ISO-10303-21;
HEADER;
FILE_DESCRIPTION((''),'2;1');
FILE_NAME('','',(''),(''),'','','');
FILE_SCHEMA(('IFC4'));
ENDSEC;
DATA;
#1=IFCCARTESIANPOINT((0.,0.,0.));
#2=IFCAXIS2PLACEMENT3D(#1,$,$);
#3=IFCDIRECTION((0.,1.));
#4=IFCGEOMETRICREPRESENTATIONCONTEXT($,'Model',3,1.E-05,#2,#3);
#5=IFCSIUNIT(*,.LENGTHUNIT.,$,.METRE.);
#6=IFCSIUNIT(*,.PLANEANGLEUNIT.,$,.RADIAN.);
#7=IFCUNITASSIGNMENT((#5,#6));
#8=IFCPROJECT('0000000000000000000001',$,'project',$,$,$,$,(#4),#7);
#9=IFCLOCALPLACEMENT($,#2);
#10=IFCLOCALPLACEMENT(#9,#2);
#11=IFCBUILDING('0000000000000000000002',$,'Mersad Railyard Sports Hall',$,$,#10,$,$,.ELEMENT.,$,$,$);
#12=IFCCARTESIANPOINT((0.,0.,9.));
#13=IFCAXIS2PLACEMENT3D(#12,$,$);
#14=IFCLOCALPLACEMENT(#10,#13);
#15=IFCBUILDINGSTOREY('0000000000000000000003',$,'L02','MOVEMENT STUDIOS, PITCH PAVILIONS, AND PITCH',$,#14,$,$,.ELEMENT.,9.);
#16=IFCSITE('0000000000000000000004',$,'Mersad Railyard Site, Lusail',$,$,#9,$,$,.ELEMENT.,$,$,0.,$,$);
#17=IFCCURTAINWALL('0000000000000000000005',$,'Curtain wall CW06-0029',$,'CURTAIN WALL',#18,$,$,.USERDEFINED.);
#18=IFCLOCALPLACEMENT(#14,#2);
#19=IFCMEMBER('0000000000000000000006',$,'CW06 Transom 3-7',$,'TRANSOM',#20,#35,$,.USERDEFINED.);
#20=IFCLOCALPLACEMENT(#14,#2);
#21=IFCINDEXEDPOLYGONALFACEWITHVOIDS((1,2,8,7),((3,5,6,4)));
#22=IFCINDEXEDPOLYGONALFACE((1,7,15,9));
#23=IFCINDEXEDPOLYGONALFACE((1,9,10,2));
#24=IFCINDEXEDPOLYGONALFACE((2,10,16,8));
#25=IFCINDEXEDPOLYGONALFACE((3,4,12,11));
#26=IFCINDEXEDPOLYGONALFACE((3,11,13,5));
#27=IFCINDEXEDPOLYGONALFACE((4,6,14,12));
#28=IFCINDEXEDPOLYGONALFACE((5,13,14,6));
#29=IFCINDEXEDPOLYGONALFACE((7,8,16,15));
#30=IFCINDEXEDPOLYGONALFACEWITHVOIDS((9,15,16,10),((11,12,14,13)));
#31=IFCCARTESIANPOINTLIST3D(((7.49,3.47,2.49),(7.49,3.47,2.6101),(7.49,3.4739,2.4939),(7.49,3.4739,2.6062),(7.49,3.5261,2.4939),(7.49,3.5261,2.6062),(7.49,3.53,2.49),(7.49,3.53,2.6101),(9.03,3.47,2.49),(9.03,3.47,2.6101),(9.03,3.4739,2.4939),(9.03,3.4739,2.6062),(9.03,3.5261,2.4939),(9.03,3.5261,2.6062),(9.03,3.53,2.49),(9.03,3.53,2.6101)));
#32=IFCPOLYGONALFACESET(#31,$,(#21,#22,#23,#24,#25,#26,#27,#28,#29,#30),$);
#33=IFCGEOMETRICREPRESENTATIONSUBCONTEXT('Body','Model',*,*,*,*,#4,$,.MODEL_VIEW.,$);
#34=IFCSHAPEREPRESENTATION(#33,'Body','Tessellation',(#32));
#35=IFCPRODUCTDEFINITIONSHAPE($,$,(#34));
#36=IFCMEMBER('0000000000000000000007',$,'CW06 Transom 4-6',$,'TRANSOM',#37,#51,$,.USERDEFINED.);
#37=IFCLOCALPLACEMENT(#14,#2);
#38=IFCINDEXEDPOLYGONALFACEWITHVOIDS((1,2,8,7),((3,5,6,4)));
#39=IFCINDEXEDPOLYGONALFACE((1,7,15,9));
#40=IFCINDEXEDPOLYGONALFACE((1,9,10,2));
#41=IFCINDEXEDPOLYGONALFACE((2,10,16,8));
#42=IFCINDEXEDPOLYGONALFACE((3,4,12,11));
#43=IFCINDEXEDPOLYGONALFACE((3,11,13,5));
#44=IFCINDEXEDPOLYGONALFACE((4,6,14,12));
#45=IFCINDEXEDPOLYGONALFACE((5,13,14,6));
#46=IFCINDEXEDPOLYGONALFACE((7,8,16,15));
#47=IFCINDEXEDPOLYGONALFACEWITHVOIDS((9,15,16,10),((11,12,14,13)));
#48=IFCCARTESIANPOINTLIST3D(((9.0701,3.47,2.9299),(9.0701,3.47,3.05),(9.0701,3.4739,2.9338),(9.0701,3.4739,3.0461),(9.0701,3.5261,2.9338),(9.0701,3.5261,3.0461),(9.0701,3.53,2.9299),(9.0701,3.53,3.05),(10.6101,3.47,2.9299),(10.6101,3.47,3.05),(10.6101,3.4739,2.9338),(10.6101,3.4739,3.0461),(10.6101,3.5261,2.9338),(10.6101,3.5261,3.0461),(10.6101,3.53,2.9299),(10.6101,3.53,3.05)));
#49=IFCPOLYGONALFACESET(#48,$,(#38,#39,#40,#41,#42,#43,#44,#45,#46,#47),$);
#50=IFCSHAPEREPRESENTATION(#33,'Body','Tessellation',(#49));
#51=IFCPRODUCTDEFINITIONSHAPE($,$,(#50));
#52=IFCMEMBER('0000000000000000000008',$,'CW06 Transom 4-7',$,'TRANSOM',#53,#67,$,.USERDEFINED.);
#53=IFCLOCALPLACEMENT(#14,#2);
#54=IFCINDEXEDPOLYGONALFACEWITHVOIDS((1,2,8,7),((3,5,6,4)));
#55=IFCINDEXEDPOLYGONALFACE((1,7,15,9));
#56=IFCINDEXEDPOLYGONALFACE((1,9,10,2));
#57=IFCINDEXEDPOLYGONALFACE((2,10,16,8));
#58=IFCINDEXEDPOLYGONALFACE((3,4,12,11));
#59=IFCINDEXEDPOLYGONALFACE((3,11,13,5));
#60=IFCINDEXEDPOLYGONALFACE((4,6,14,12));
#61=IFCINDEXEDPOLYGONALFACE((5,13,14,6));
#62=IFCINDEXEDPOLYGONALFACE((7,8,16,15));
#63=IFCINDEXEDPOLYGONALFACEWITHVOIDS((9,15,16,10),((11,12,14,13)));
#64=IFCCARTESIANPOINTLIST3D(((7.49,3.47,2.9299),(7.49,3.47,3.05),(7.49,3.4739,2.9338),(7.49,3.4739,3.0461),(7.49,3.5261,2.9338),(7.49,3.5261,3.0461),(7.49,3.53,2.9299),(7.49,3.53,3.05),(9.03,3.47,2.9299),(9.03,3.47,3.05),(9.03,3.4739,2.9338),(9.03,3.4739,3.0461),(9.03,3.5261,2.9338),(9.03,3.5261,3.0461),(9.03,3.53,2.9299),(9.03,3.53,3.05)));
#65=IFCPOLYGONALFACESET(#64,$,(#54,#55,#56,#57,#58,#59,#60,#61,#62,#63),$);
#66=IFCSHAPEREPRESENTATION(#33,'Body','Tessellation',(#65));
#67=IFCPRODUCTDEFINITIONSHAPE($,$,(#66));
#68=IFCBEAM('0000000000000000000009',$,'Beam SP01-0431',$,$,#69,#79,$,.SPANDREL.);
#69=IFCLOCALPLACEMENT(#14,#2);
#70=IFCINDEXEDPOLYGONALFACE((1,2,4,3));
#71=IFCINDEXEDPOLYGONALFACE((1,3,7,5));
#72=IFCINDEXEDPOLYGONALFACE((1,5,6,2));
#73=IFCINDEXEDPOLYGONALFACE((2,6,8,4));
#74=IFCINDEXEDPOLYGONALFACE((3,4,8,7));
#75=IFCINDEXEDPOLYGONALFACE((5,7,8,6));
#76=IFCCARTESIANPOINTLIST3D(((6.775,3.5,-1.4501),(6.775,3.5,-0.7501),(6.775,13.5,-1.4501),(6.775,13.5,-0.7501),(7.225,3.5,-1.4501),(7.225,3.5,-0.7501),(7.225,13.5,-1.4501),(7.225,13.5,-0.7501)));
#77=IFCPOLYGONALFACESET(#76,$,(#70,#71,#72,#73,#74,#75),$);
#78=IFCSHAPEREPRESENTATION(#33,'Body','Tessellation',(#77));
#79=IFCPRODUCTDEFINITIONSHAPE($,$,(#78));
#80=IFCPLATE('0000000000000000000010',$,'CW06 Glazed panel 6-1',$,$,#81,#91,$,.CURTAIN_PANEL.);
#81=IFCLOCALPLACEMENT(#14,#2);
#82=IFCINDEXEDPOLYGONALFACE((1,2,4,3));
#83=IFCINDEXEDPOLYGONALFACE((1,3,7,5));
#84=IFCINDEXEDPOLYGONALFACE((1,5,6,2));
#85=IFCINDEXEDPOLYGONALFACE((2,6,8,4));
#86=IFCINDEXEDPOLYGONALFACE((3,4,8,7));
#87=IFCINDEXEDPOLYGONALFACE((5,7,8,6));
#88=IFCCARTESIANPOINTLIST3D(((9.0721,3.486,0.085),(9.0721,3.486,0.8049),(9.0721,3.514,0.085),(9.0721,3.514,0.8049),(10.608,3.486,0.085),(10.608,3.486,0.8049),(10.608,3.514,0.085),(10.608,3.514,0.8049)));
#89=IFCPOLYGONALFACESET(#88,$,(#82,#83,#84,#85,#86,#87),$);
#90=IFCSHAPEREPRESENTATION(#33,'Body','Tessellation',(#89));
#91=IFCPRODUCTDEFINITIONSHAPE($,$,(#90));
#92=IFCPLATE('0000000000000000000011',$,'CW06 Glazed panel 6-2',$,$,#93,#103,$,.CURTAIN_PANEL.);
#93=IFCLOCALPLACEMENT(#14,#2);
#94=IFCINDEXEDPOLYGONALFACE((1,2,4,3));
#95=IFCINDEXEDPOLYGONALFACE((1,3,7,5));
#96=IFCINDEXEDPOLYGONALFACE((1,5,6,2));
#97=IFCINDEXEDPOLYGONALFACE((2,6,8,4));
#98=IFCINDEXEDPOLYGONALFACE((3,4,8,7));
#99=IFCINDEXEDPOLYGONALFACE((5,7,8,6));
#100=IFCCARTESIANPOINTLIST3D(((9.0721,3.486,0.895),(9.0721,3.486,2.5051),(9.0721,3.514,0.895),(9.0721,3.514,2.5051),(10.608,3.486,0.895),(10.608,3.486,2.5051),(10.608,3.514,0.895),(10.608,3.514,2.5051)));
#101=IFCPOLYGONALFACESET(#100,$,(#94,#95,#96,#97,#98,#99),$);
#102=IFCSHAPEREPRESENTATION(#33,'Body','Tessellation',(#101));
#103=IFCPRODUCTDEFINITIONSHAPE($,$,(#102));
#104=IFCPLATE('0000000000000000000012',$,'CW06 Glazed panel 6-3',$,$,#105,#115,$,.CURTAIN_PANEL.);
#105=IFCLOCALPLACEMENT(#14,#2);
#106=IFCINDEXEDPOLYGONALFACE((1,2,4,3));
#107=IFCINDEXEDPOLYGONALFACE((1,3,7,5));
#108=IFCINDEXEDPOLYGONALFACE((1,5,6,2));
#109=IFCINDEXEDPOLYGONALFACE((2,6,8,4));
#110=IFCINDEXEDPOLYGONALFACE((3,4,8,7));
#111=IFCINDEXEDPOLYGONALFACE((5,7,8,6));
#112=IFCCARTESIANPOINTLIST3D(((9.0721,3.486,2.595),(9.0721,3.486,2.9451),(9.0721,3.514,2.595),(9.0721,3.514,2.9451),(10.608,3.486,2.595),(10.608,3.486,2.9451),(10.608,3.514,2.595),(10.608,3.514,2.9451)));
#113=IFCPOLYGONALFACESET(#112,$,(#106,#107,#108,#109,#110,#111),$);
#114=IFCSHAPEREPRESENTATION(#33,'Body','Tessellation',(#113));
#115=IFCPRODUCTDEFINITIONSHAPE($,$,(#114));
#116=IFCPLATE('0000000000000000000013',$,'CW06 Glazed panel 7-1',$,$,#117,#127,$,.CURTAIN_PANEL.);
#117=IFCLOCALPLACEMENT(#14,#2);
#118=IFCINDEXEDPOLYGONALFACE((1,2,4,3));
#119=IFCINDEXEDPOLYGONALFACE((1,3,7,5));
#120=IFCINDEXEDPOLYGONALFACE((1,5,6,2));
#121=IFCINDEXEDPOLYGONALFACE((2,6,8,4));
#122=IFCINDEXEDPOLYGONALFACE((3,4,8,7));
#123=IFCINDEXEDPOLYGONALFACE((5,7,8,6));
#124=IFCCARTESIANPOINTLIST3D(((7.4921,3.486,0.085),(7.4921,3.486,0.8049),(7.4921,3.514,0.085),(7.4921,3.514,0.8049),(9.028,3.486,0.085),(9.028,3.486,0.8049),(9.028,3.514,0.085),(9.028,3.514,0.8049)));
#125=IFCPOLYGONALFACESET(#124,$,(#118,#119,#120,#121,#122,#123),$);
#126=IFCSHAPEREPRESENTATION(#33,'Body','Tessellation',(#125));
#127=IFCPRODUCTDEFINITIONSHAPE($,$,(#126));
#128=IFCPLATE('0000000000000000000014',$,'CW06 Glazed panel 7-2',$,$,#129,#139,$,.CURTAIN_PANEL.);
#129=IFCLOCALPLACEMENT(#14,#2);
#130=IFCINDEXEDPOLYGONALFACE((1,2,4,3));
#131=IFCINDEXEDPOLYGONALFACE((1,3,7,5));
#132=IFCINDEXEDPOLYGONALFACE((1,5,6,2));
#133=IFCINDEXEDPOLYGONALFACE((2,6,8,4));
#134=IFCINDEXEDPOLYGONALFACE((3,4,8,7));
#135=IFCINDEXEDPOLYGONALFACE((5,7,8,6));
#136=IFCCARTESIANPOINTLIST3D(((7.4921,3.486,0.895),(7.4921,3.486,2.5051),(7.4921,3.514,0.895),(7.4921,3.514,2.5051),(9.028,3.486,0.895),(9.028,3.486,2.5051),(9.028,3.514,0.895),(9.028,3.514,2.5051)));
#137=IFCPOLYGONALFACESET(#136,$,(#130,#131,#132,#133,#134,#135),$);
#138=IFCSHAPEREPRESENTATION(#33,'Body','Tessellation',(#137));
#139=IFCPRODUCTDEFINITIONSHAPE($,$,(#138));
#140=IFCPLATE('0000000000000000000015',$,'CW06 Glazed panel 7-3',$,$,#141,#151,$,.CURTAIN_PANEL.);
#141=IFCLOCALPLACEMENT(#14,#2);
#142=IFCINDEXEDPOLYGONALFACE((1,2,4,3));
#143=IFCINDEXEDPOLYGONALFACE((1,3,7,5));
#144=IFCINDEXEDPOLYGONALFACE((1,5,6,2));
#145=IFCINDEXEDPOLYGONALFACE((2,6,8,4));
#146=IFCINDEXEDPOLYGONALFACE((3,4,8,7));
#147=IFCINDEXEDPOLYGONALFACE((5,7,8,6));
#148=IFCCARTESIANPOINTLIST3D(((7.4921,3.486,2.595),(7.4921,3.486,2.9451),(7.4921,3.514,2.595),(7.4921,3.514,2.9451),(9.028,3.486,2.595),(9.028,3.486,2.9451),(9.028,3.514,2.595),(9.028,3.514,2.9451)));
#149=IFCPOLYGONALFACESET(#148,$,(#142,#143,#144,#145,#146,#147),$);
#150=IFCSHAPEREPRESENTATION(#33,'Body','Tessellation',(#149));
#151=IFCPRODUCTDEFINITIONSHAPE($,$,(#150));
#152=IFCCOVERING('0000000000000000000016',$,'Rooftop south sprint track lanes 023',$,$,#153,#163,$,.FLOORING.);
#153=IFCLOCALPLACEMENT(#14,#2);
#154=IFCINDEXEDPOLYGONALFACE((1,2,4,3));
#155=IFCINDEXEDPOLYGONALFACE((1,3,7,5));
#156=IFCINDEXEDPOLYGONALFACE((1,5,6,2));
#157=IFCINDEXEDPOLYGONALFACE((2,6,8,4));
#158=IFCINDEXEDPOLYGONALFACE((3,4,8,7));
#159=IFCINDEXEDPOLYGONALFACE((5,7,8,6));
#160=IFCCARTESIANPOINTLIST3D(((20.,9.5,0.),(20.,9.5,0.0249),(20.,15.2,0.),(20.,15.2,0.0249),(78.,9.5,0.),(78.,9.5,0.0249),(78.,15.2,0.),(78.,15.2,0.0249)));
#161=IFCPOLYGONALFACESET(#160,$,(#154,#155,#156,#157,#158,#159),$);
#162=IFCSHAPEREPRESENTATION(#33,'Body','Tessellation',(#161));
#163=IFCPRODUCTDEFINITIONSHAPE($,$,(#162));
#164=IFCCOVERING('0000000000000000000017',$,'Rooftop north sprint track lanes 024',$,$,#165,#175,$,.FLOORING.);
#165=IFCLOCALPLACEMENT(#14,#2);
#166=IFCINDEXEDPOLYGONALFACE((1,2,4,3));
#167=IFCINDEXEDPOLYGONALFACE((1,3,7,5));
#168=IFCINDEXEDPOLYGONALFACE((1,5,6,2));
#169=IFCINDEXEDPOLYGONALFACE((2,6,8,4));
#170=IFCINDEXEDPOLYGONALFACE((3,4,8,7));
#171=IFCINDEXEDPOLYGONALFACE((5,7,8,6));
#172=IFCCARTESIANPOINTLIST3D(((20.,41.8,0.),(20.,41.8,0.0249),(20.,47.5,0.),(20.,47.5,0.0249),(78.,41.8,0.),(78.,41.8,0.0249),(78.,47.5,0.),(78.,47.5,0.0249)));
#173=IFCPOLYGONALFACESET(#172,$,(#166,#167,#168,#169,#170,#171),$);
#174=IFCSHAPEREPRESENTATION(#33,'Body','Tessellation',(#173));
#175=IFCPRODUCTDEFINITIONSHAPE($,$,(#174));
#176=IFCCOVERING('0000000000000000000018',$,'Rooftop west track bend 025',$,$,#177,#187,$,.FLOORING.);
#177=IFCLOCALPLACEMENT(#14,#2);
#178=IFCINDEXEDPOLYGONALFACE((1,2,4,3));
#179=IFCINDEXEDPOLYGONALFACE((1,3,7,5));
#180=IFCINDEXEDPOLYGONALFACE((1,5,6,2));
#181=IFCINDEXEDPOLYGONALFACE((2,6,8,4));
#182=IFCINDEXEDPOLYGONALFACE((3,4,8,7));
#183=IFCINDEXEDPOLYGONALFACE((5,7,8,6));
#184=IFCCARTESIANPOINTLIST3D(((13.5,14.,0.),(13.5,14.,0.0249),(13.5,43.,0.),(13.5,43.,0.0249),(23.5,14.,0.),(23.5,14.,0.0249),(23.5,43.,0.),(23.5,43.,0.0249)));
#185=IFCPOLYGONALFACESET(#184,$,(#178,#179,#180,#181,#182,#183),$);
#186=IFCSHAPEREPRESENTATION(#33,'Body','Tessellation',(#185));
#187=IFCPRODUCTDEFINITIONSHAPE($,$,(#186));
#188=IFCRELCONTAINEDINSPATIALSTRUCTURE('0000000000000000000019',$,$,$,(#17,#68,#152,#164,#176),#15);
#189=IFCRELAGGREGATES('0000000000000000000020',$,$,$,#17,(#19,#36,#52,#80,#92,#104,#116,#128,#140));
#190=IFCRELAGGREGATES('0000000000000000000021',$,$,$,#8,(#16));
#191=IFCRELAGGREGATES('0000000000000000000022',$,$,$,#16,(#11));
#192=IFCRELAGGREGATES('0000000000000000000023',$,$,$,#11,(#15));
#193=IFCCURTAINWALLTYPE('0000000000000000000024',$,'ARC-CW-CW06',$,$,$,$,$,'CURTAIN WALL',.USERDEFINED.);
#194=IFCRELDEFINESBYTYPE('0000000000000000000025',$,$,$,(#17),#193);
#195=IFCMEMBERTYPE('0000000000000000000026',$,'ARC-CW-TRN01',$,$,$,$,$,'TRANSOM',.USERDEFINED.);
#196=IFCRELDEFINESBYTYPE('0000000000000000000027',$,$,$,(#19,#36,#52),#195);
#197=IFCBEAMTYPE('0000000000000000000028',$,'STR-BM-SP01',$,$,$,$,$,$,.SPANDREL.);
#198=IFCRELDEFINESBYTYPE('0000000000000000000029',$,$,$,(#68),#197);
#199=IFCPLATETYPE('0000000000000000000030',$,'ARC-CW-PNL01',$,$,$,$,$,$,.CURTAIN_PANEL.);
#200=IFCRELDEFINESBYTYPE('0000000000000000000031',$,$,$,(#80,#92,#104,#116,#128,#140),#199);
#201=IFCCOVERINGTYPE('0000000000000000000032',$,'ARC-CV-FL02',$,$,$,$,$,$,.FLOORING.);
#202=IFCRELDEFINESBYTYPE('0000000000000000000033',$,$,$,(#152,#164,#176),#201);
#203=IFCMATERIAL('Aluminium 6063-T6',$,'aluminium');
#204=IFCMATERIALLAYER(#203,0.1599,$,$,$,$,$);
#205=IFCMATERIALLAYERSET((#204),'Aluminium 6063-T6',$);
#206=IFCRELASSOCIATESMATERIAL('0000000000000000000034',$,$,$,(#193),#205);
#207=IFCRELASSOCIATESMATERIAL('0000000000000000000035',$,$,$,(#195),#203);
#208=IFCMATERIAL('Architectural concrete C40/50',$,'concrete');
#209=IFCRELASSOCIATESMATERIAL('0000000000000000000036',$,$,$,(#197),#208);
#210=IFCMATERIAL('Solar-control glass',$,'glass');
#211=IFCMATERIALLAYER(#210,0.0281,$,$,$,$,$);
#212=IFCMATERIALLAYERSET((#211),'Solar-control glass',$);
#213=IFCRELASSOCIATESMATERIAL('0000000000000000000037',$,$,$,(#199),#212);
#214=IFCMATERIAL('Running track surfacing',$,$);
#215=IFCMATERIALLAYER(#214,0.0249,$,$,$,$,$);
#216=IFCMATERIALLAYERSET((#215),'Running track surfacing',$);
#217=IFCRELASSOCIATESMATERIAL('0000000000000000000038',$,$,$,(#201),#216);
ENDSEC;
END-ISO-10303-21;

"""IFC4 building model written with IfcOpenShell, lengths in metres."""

from ifc_helpers import new_model, si_unit, direction, frame, origin, origin_2d, place, context, subcontext, project, spatial, polyline, rectangle, hollow_rectangle, outline, extrude, material, layer, layer_set, material_profile, profile_set, type_object, element, aggregate, save


model = new_model("IFC4")

# Units and contexts
model_context = context("Model", 3, precision=1e-05, world=origin(), true_north=direction((0.0, 1.0)))
body_context = subcontext(model_context, "Body", "Model", "MODEL_VIEW")
ifc_project = project(units=[si_unit("LENGTHUNIT", "METRE"), si_unit("PLANEANGLEUNIT", "RADIAN")], contexts=[model_context])

# Site, building, storey
site_placement = place(None, origin())
site = spatial("IfcSite", under=ifc_project, at=site_placement, Name="Mersad Railyard Site, Lusail", CompositionType="ELEMENT", RefElevation=0.0)
building_placement = place(site_placement, origin())
building = spatial("IfcBuilding", under=site, at=building_placement, Name="Mersad Railyard Sports Hall", CompositionType="ELEMENT")
storey_placement = place(building_placement, frame((0.0, 0.0, 9.0)))
storey = spatial("IfcBuildingStorey", under=building, at=storey_placement, Name="L02", Description="MOVEMENT STUDIOS, PITCH PAVILIONS, AND PITCH", CompositionType="ELEMENT", Elevation=9.0)

# Curtain wall, members
ifc_material_1 = material(Name="Aluminium 6063-T6", Category="aluminium")
ifc_layer_1 = layer(ifc_material_1, 0.1599)
ifc_layer_set_1 = layer_set([ifc_layer_1], Name="Aluminium 6063-T6")
curtain_wall_type = type_object("IfcCurtainWallType", Name="ARC-CW-CW06", ElementType="CURTAIN WALL", PredefinedType="USERDEFINED", material=ifc_layer_set_1)
curtain_wall_placement = place(storey_placement, origin())
curtain_wall = element("IfcCurtainWall", 1, at=curtain_wall_placement, inside=storey, type_object=curtain_wall_type, Name="Curtain wall CW06-0029", ObjectType="CURTAIN WALL", PredefinedType="USERDEFINED")
ifc_material_profile_1 = material_profile(ifc_material_1, hollow_rectangle(XDim=0.0601, YDim=0.1201, WallThickness=0.0039, at=origin_2d()), Name="AL TRANSOM 60x120x4")
ifc_profile_set_1 = profile_set([ifc_material_profile_1], Name="Aluminium 6063-T6")
member_type_1 = type_object("IfcMemberType", Name="ARC-CW-TRN01", ElementType="TRANSOM", PredefinedType="USERDEFINED", material=ifc_profile_set_1)
member_1_placement = place(storey_placement, frame((9.03, 3.5, 2.55), z_axis=(-1.0, 0.0, 0.0), x_axis=(0.0, -1.0, 0.0)))
member_1 = element("IfcMember", 2, at=member_1_placement, type_object=member_type_1, Name="CW06 Transom 3-7", ObjectType="TRANSOM", PredefinedType="USERDEFINED", context=body_context, shape_type="SweptSolid", body=[
    extrude(hollow_rectangle(XDim=0.0601, YDim=0.1201, WallThickness=0.0039, at=origin_2d()), origin(), (0.0, 0.0, 1.0), 1.54),
])
member_2_placement = place(storey_placement, frame((10.6101, 3.5, 2.99), z_axis=(-1.0, 0.0, 0.0), x_axis=(0.0, -1.0, 0.0)))
member_2 = element("IfcMember", 3, at=member_2_placement, type_object=member_type_1, Name="CW06 Transom 4-6", ObjectType="TRANSOM", PredefinedType="USERDEFINED", context=body_context, shape_type="SweptSolid", body=[
    extrude(hollow_rectangle(XDim=0.0601, YDim=0.1201, WallThickness=0.0039, at=origin_2d()), origin(), (0.0, 0.0, 1.0), 1.54),
])
member_3_placement = place(storey_placement, frame((9.03, 3.5, 2.99), z_axis=(-1.0, 0.0, 0.0), x_axis=(0.0, -1.0, 0.0)))
member_3 = element("IfcMember", 4, at=member_3_placement, type_object=member_type_1, Name="CW06 Transom 4-7", ObjectType="TRANSOM", PredefinedType="USERDEFINED", context=body_context, shape_type="SweptSolid", body=[
    extrude(hollow_rectangle(XDim=0.0601, YDim=0.1201, WallThickness=0.0039, at=origin_2d()), origin(), (0.0, 0.0, 1.0), 1.54),
])

# Beam
ifc_material_2 = material(Name="Architectural concrete C40/50", Category="concrete")
ifc_material_profile_2 = material_profile(ifc_material_2, rectangle(XDim=0.45, YDim=0.7, at=origin_2d()), Name="RC 450x700")
ifc_profile_set_2 = profile_set([ifc_material_profile_2], Name="Architectural concrete C40/50")
beam_type = type_object("IfcBeamType", Name="STR-BM-SP01", PredefinedType="SPANDREL", material=ifc_profile_set_2)
beam_placement = place(storey_placement, frame((7.0, 3.5, -1.1001), z_axis=(0.0, 1.0, 0.0), x_axis=(-1.0, 0.0, 0.0)))
element("IfcBeam", 5, at=beam_placement, inside=storey, type_object=beam_type, Name="Beam SP01-0431", PredefinedType="SPANDREL", context=body_context, shape_type="SweptSolid", body=[
    extrude(rectangle(XDim=0.45, YDim=0.7, at=origin_2d()), origin(), (0.0, 0.0, 1.0), 10.0),
])

# Plates
ifc_material_3 = material(Name="Solar-control glass", Category="glass")
ifc_layer_2 = layer(ifc_material_3, 0.0281)
ifc_layer_set_2 = layer_set([ifc_layer_2], Name="Solar-control glass")
plate_type = type_object("IfcPlateType", Name="ARC-CW-PNL01", PredefinedType="CURTAIN_PANEL", material=ifc_layer_set_2)
plate_1_placement = place(storey_placement, frame((9.8401, 3.5, 0.085), z_axis=(0.0, 0.0, 1.0), x_axis=(-1.0, 0.0, 0.0)))
plate_1 = element("IfcPlate", 6, at=plate_1_placement, type_object=plate_type, Name="CW06 Glazed panel 6-1", PredefinedType="CURTAIN_PANEL", context=body_context, shape_type="SweptSolid", body=[
    extrude(rectangle(XDim=1.5359, YDim=0.0281, at=origin_2d()), origin(), (0.0, 0.0, 1.0), 0.72),
])
plate_2_placement = place(storey_placement, frame((9.8401, 3.5, 0.895), z_axis=(0.0, 0.0, 1.0), x_axis=(-1.0, 0.0, 0.0)))
plate_2 = element("IfcPlate", 7, at=plate_2_placement, type_object=plate_type, Name="CW06 Glazed panel 6-2", PredefinedType="CURTAIN_PANEL", context=body_context, shape_type="SweptSolid", body=[
    extrude(rectangle(XDim=1.5359, YDim=0.0281, at=origin_2d()), origin(), (0.0, 0.0, 1.0), 1.6101),
])
plate_3_placement = place(storey_placement, frame((9.8401, 3.5, 2.595), z_axis=(0.0, 0.0, 1.0), x_axis=(-1.0, 0.0, 0.0)))
plate_3 = element("IfcPlate", 8, at=plate_3_placement, type_object=plate_type, Name="CW06 Glazed panel 6-3", PredefinedType="CURTAIN_PANEL", context=body_context, shape_type="SweptSolid", body=[
    extrude(rectangle(XDim=1.5359, YDim=0.0281, at=origin_2d()), origin(), (0.0, 0.0, 1.0), 0.3501),
])
plate_4_placement = place(storey_placement, frame((8.26, 3.5, 0.085), z_axis=(0.0, 0.0, 1.0), x_axis=(-1.0, 0.0, 0.0)))
plate_4 = element("IfcPlate", 9, at=plate_4_placement, type_object=plate_type, Name="CW06 Glazed panel 7-1", PredefinedType="CURTAIN_PANEL", context=body_context, shape_type="SweptSolid", body=[
    extrude(rectangle(XDim=1.5359, YDim=0.0281, at=origin_2d()), origin(), (0.0, 0.0, 1.0), 0.72),
])
plate_5_placement = place(storey_placement, frame((8.26, 3.5, 0.895), z_axis=(0.0, 0.0, 1.0), x_axis=(-1.0, 0.0, 0.0)))
plate_5 = element("IfcPlate", 10, at=plate_5_placement, type_object=plate_type, Name="CW06 Glazed panel 7-2", PredefinedType="CURTAIN_PANEL", context=body_context, shape_type="SweptSolid", body=[
    extrude(rectangle(XDim=1.5359, YDim=0.0281, at=origin_2d()), origin(), (0.0, 0.0, 1.0), 1.6101),
])
plate_6_placement = place(storey_placement, frame((8.26, 3.5, 2.595), z_axis=(0.0, 0.0, 1.0), x_axis=(-1.0, 0.0, 0.0)))
plate_6 = element("IfcPlate", 11, at=plate_6_placement, type_object=plate_type, Name="CW06 Glazed panel 7-3", PredefinedType="CURTAIN_PANEL", context=body_context, shape_type="SweptSolid", body=[
    extrude(rectangle(XDim=1.5359, YDim=0.0281, at=origin_2d()), origin(), (0.0, 0.0, 1.0), 0.3501),
])
aggregate(curtain_wall, [member_1, member_2, member_3, plate_1, plate_2, plate_3, plate_4, plate_5, plate_6])

# Coverings
ifc_material_4 = material(Name="Running track surfacing")
ifc_layer_3 = layer(ifc_material_4, 0.0249)
ifc_layer_set_3 = layer_set([ifc_layer_3], Name="Running track surfacing")
covering_type = type_object("IfcCoveringType", Name="ARC-CV-FL02", PredefinedType="FLOORING", material=ifc_layer_set_3)
covering_1_placement = place(storey_placement, origin())
element("IfcCovering", 12, at=covering_1_placement, inside=storey, type_object=covering_type, Name="Rooftop south sprint track lanes 023", PredefinedType="FLOORING", context=body_context, shape_type="SweptSolid", body=[
    extrude(outline(polyline([(20.0, 9.5), (78.0, 9.5), (78.0, 15.2), (20.0, 15.2), (20.0, 9.5)])), origin(), (0.0, 0.0, 1.0), 0.0249),
])
covering_2_placement = place(storey_placement, origin())
element("IfcCovering", 13, at=covering_2_placement, inside=storey, type_object=covering_type, Name="Rooftop north sprint track lanes 024", PredefinedType="FLOORING", context=body_context, shape_type="SweptSolid", body=[
    extrude(outline(polyline([(20.0, 41.8), (78.0, 41.8), (78.0, 47.5), (20.0, 47.5), (20.0, 41.8)])), origin(), (0.0, 0.0, 1.0), 0.0249),
])
covering_3_placement = place(storey_placement, origin())
element("IfcCovering", 14, at=covering_3_placement, inside=storey, type_object=covering_type, Name="Rooftop west track bend 025", PredefinedType="FLOORING", context=body_context, shape_type="SweptSolid", body=[
    extrude(outline(polyline([(13.5, 14.0), (23.5, 14.0), (23.5, 43.0), (13.5, 43.0), (13.5, 14.0)])), origin(), (0.0, 0.0, 1.0), 0.0249),
])

save(model, "model.ifc")
